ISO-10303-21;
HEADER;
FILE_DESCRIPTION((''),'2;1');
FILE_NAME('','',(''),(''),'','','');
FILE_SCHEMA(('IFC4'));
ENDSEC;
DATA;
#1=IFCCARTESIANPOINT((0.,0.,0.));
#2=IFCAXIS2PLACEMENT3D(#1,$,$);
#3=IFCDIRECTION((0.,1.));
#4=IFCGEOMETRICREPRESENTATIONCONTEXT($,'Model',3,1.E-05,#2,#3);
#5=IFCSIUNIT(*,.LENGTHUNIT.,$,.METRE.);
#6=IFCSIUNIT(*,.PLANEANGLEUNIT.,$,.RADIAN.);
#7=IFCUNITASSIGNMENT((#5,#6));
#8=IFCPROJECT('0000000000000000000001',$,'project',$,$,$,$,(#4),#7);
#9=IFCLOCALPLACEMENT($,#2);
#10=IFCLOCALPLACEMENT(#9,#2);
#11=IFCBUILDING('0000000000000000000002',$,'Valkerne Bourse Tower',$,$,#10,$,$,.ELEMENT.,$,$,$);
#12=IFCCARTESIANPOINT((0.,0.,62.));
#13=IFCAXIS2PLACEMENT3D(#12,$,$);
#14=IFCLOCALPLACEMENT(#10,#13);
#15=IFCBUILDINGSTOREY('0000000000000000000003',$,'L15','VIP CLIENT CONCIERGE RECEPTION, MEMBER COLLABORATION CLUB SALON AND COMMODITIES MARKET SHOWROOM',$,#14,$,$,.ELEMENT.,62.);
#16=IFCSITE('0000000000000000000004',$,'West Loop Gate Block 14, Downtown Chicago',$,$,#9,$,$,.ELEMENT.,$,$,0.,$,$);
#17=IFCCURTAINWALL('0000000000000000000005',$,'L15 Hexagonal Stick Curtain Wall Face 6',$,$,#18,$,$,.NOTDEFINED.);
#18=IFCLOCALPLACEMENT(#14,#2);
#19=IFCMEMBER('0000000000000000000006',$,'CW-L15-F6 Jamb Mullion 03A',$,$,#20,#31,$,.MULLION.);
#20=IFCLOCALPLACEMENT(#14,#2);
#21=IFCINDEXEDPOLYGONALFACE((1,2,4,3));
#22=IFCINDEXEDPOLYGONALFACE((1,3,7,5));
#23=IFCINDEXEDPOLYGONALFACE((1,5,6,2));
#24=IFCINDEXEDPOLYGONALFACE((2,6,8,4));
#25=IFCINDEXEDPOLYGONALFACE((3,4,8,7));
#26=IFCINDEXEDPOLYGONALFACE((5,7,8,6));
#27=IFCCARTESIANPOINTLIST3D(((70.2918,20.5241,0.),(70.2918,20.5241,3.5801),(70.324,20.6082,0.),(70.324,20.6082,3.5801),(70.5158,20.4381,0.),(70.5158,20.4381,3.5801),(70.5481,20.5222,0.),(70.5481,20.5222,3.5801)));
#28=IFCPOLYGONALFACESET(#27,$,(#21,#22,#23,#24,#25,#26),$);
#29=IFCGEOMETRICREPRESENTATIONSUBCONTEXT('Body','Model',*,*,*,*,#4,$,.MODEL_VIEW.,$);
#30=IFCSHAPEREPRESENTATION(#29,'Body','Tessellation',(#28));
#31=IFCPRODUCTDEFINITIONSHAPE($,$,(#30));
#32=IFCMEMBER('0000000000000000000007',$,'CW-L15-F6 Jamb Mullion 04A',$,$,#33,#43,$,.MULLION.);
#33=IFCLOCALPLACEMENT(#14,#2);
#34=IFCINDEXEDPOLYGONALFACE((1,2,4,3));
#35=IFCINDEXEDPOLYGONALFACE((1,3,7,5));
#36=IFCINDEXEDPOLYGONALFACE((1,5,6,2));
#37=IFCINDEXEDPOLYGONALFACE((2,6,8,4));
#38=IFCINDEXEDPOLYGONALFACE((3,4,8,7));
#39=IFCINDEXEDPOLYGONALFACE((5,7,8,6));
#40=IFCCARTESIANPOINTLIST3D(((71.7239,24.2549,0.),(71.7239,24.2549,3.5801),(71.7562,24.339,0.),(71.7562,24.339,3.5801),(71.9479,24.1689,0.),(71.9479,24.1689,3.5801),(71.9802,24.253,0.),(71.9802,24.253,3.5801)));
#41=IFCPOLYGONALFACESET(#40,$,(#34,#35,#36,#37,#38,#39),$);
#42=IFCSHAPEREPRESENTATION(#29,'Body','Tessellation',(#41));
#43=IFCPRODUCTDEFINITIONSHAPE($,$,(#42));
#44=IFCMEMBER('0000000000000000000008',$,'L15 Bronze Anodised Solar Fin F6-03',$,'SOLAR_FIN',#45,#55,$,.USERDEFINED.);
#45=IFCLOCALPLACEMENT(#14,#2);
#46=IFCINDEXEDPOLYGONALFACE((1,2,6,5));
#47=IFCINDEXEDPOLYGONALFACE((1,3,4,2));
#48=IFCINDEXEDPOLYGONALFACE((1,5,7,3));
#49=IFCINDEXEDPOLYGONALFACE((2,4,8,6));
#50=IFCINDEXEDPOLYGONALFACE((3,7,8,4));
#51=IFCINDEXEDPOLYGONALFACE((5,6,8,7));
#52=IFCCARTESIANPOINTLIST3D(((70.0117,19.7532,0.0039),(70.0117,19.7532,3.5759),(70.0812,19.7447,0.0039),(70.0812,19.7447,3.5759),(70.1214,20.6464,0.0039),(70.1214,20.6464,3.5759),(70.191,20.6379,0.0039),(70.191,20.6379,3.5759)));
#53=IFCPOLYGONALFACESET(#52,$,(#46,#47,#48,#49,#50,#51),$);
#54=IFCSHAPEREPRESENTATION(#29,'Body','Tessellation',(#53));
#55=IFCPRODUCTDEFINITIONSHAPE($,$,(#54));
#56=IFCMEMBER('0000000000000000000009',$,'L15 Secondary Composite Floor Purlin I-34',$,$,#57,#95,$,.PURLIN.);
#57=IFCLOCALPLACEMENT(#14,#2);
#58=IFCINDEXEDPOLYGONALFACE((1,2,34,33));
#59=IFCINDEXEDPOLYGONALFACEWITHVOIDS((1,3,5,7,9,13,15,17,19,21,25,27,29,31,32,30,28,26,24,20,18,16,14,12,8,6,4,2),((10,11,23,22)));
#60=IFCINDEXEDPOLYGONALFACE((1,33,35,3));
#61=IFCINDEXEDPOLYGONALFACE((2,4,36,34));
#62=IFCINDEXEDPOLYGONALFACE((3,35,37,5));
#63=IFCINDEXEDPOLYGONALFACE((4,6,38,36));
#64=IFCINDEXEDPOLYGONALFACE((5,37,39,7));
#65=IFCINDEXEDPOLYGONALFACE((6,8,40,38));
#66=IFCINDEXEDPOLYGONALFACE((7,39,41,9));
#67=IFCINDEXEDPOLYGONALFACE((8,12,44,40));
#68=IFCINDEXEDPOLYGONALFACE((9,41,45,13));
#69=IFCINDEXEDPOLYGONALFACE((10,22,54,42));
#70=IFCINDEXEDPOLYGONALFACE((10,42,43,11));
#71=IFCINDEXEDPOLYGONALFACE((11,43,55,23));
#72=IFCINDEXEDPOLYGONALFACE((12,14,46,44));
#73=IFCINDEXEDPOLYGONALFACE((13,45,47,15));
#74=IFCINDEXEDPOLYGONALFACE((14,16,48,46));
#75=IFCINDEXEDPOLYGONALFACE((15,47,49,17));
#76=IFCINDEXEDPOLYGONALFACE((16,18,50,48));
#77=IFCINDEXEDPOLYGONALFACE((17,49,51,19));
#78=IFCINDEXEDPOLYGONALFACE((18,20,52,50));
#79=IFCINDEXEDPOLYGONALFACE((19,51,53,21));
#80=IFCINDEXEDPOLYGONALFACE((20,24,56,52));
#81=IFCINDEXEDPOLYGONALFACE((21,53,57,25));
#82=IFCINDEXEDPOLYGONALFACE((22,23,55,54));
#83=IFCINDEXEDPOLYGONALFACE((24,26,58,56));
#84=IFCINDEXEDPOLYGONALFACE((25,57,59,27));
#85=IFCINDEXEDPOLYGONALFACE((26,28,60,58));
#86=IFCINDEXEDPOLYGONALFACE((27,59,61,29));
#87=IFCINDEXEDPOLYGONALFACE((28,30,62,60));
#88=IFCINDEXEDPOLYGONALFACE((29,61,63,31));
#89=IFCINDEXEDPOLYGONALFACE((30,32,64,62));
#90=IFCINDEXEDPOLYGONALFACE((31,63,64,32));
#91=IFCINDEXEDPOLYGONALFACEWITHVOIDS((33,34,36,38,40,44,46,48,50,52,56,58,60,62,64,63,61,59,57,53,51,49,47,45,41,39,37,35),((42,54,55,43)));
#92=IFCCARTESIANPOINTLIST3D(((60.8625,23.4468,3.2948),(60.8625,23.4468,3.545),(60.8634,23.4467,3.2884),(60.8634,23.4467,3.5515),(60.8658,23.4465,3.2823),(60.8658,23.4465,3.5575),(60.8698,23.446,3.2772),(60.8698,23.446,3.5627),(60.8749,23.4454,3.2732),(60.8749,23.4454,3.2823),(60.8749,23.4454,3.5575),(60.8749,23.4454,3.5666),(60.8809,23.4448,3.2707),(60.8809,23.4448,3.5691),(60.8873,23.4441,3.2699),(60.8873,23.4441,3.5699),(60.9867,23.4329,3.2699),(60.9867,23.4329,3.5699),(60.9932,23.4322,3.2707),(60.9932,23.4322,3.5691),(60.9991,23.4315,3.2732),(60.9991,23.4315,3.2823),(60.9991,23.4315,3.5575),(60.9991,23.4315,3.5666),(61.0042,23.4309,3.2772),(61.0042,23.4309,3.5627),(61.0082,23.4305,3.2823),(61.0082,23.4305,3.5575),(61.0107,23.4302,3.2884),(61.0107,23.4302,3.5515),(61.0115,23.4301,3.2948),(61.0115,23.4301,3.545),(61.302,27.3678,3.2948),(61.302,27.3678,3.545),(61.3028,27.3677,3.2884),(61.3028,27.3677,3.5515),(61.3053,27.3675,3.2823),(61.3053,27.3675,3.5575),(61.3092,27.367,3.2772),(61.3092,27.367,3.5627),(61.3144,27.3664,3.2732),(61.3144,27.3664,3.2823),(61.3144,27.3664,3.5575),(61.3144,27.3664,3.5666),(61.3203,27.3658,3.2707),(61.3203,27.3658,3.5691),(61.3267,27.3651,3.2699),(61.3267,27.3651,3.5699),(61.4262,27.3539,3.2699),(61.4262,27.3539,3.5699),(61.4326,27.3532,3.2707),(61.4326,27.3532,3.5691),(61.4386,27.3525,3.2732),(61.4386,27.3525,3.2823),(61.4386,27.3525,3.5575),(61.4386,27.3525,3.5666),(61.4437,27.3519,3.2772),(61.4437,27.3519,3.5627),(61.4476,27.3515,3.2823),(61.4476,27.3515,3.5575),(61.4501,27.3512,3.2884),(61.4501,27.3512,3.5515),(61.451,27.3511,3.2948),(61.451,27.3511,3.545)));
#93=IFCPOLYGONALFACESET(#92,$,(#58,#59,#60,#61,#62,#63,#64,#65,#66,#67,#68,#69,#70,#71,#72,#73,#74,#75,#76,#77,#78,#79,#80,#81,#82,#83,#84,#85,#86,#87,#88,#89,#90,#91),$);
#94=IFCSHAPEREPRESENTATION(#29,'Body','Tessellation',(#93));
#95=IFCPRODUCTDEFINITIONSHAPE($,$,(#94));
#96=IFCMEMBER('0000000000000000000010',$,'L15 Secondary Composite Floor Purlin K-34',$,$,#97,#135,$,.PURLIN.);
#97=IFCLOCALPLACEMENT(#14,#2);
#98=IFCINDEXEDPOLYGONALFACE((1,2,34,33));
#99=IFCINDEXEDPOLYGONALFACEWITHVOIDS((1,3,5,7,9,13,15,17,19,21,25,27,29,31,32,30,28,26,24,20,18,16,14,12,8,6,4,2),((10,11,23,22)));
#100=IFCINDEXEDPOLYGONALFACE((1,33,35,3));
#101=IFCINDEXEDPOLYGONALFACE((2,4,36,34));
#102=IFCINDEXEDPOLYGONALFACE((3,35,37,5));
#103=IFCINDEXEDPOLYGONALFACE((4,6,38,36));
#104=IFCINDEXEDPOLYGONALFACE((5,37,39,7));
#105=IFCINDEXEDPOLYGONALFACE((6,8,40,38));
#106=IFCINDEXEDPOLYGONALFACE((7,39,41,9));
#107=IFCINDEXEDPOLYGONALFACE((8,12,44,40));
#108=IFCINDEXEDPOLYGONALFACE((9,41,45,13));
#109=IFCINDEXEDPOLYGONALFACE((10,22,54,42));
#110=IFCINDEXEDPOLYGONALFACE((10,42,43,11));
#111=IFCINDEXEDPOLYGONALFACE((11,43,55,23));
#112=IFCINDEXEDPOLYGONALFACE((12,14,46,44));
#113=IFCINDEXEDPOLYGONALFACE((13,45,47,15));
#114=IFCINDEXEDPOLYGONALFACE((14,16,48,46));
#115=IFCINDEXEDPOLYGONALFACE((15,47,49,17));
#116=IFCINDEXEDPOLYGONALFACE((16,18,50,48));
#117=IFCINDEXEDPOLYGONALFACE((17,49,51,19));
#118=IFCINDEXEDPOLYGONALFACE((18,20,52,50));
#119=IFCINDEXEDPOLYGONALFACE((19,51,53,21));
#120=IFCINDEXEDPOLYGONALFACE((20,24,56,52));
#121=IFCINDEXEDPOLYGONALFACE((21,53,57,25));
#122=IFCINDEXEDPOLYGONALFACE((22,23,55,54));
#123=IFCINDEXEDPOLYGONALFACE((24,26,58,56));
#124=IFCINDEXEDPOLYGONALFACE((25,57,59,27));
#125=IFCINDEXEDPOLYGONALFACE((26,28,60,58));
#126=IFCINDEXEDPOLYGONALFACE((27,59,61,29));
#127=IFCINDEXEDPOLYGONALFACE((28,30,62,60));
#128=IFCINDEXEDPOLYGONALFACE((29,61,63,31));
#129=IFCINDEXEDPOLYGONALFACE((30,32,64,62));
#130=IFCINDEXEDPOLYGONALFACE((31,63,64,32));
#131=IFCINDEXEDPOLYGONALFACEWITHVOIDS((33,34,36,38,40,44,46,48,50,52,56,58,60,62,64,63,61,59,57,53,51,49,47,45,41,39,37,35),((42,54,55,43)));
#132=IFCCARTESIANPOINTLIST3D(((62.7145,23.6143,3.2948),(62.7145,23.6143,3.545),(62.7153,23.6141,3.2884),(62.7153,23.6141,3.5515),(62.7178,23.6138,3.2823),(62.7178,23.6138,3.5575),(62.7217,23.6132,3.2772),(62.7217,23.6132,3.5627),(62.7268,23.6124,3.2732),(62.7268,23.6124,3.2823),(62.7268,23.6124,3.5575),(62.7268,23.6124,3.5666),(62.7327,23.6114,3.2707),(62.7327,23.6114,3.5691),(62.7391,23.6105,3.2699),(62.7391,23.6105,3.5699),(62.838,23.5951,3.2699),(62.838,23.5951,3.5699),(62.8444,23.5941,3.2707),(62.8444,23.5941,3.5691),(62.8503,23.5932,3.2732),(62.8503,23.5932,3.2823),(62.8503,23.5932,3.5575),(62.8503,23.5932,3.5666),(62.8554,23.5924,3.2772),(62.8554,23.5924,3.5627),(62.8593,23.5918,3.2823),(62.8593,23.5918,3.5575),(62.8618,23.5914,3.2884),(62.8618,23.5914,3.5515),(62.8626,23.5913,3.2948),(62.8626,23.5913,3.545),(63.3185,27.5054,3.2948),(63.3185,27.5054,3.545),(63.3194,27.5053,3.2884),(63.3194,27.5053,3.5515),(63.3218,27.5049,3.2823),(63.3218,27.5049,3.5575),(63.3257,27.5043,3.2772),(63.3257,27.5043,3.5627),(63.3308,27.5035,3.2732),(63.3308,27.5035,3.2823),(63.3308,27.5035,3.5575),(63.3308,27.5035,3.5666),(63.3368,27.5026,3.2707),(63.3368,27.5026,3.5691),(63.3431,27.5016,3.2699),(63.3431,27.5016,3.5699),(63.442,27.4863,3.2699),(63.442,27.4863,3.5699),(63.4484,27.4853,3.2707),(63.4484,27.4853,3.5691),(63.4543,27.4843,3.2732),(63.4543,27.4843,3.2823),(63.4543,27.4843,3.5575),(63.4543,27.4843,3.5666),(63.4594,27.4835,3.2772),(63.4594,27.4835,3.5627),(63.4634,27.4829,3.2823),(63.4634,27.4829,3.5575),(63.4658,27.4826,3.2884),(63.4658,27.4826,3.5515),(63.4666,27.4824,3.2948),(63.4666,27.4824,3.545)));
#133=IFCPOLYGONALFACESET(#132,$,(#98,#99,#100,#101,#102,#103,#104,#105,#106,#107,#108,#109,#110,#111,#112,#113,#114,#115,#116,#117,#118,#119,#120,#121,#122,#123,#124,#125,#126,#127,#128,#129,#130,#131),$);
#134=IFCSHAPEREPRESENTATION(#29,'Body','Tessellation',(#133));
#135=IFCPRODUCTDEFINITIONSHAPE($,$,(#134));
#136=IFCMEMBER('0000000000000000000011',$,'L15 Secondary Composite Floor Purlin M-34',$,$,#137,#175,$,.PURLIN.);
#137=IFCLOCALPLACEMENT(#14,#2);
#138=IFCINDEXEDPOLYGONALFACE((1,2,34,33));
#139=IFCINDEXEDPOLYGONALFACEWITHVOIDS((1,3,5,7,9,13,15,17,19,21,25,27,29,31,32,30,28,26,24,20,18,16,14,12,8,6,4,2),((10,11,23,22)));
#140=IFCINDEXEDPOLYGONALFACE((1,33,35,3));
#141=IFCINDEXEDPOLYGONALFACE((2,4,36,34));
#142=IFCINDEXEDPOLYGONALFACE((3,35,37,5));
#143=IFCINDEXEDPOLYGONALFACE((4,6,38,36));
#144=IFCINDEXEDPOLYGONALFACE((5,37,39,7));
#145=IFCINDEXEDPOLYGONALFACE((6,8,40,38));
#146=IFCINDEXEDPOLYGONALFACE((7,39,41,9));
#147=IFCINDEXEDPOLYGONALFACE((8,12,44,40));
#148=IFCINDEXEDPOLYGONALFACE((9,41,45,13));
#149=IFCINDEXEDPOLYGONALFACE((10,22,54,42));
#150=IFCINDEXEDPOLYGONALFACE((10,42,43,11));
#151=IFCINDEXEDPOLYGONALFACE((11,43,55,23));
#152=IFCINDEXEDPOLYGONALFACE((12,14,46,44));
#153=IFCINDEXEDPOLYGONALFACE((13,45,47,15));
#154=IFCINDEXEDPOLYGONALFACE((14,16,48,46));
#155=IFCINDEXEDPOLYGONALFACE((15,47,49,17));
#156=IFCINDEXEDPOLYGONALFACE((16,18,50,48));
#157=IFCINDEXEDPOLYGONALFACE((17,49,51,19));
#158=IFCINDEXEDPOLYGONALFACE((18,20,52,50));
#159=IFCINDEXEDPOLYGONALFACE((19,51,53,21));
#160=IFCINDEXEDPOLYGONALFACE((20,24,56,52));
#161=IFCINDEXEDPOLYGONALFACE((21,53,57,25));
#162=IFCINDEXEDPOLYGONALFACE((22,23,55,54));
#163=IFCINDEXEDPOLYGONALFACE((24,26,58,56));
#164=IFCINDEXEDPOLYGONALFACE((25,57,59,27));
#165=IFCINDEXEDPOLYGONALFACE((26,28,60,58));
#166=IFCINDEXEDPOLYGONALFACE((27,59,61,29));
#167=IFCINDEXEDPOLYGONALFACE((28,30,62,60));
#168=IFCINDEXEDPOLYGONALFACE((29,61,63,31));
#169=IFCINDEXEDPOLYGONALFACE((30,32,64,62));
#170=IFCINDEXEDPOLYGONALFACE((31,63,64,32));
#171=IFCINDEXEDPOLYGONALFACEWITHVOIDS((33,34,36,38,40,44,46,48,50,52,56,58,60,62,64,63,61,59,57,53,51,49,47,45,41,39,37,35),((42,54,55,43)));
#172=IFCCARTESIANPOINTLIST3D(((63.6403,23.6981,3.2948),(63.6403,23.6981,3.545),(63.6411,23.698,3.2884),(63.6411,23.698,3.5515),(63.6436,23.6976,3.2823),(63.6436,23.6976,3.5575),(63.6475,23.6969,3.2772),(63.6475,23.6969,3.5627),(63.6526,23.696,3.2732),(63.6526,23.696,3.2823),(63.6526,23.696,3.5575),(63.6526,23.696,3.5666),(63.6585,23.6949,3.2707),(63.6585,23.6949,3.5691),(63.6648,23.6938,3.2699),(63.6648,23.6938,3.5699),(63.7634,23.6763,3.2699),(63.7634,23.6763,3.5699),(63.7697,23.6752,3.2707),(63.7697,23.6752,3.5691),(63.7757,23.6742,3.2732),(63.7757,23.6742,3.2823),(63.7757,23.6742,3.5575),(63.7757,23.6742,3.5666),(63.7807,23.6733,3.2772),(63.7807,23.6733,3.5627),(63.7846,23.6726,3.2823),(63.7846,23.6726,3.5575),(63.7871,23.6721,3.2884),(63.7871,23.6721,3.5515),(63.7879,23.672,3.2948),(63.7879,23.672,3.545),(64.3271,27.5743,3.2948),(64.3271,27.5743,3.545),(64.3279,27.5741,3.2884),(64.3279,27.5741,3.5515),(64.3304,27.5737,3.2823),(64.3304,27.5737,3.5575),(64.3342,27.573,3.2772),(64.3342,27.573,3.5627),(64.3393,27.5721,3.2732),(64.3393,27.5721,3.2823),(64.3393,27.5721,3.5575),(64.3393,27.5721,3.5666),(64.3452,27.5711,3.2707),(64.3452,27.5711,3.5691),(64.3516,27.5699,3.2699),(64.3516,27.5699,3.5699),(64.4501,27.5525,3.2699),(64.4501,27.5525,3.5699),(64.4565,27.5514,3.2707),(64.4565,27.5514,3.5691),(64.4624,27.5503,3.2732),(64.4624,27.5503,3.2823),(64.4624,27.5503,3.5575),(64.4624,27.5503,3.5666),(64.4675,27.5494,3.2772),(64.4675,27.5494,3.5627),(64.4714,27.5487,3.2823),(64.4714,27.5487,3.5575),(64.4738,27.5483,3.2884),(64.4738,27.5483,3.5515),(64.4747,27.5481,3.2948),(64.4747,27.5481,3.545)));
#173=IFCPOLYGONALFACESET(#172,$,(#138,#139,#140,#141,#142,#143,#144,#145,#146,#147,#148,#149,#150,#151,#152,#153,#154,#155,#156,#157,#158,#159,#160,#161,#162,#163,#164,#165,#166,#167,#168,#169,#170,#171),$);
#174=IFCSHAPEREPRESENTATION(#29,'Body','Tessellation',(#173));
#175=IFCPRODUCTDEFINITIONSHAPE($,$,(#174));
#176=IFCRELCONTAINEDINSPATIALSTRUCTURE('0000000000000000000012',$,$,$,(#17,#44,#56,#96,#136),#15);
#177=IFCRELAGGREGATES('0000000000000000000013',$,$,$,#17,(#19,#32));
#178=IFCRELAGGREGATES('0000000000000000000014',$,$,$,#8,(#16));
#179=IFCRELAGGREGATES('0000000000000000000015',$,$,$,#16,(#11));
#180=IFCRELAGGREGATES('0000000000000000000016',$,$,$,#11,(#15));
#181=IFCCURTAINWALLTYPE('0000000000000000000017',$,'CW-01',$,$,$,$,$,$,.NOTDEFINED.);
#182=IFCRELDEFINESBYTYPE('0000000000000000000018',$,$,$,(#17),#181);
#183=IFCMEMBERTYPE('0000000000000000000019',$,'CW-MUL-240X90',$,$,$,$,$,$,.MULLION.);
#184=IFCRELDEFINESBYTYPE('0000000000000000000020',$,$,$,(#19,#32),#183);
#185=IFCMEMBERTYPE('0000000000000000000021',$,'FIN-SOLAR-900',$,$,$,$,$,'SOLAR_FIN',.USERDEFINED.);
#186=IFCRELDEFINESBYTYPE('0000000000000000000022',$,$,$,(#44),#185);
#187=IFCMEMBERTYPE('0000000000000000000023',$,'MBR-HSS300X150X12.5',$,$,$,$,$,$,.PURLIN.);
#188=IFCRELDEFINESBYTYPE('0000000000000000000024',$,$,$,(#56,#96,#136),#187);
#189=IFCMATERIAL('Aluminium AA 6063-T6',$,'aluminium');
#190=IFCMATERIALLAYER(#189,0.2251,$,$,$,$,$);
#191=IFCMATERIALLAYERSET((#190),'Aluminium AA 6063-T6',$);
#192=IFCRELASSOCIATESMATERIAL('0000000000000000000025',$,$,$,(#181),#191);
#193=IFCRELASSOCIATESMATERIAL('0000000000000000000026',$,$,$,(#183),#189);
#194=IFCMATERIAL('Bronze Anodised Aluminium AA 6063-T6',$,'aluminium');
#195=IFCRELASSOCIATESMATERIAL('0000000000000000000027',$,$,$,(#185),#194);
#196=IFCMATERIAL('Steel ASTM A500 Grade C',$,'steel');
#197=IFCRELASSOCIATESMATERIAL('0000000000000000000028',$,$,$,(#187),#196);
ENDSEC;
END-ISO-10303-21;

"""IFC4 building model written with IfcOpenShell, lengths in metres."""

from ifc_helpers import new_model, si_unit, direction, frame, origin, origin_2d, place, context, subcontext, project, spatial, rectangle, hollow_rectangle, extrude, material, layer, layer_set, material_profile, profile_set, type_object, element, aggregate, save


model = new_model("IFC4")

# Units and contexts
model_context = context("Model", 3, precision=1e-05, world=origin(), true_north=direction((0.0, 1.0)))
body_context = subcontext(model_context, "Body", "Model", "MODEL_VIEW")
ifc_project = project(units=[si_unit("LENGTHUNIT", "METRE"), si_unit("PLANEANGLEUNIT", "RADIAN")], contexts=[model_context])

# Site, building, storey
site_placement = place(None, origin())
site = spatial("IfcSite", under=ifc_project, at=site_placement, Name="West Loop Gate Block 14, Downtown Chicago", CompositionType="ELEMENT", RefElevation=0.0)
building_placement = place(site_placement, origin())
building = spatial("IfcBuilding", under=site, at=building_placement, Name="Valkerne Bourse Tower", CompositionType="ELEMENT")
storey_placement = place(building_placement, frame((0.0, 0.0, 62.0)))
storey = spatial("IfcBuildingStorey", under=building, at=storey_placement, Name="L15", Description="VIP CLIENT CONCIERGE RECEPTION, MEMBER COLLABORATION CLUB SALON AND COMMODITIES MARKET SHOWROOM", CompositionType="ELEMENT", Elevation=62.0)

# Curtain wall, members
ifc_material_1 = material(Name="Aluminium AA 6063-T6", Category="aluminium")
ifc_layer_1 = layer(ifc_material_1, 0.2251)
ifc_layer_set_1 = layer_set([ifc_layer_1], Name="Aluminium AA 6063-T6")
curtain_wall_type = type_object("IfcCurtainWallType", Name="CW-01", PredefinedType="NOTDEFINED", material=ifc_layer_set_1)
curtain_wall_placement = place(storey_placement, origin())
curtain_wall = element("IfcCurtainWall", 1, at=curtain_wall_placement, inside=storey, type_object=curtain_wall_type, Name="L15 Hexagonal Stick Curtain Wall Face 6", PredefinedType="NOTDEFINED")
ifc_material_profile_1 = material_profile(ifc_material_1, rectangle(XDim=0.0901, YDim=0.24, at=origin_2d()), Name="CWM-90X240")
ifc_profile_set_1 = profile_set([ifc_material_profile_1], Name="Aluminium AA 6063-T6")
member_type_1 = type_object("IfcMemberType", Name="CW-MUL-240X90", PredefinedType="MULLION", material=ifc_profile_set_1)
member_1_placement = place(storey_placement, frame((70.4199, 20.5232, 0.0), z_axis=(0.0, 0.0, 1.0), x_axis=(0.35838, 0.933576, 0.0)))
member_1 = element("IfcMember", 2, at=member_1_placement, type_object=member_type_1, Name="CW-L15-F6 Jamb Mullion 03A", PredefinedType="MULLION", context=body_context, shape_type="SweptSolid", body=[
    extrude(rectangle(XDim=0.0901, YDim=0.24, at=origin_2d()), origin(), (0.0, 0.0, 1.0), 3.5801),
])
member_2_placement = place(storey_placement, frame((71.8521, 24.2539, 0.0), z_axis=(0.0, 0.0, 1.0), x_axis=(0.358359, 0.933584, 0.0)))
member_2 = element("IfcMember", 3, at=member_2_placement, type_object=member_type_1, Name="CW-L15-F6 Jamb Mullion 04A", PredefinedType="MULLION", context=body_context, shape_type="SweptSolid", body=[
    extrude(rectangle(XDim=0.0901, YDim=0.24, at=origin_2d()), origin(), (0.0, 0.0, 1.0), 3.5801),
])

# Members
ifc_material_2 = material(Name="Bronze Anodised Aluminium AA 6063-T6", Category="aluminium")
ifc_material_profile_2 = material_profile(ifc_material_2, rectangle(XDim=0.0701, YDim=0.8999, at=origin_2d()), Name="FIN-70X900")
ifc_profile_set_2 = profile_set([ifc_material_profile_2], Name="Bronze Anodised Aluminium AA 6063-T6")
member_type_2 = type_object("IfcMemberType", Name="FIN-SOLAR-900", ElementType="SOLAR_FIN", PredefinedType="USERDEFINED", material=ifc_profile_set_2)
member_3_placement = place(storey_placement, frame((70.1013, 20.1956, 0.0039), z_axis=(0.0, 0.0, 1.0), x_axis=(0.992534, -0.121966, 0.0)))
element("IfcMember", 4, at=member_3_placement, inside=storey, type_object=member_type_2, Name="L15 Bronze Anodised Solar Fin F6-03", ObjectType="SOLAR_FIN", PredefinedType="USERDEFINED", context=body_context, shape_type="SweptSolid", body=[
    extrude(rectangle(XDim=0.0701, YDim=0.8999, at=origin_2d()), origin(), (0.0, 0.0, 1.0), 3.572),
])
ifc_material_3 = material(Name="Steel ASTM A500 Grade C", Category="steel")
ifc_material_profile_3 = material_profile(ifc_material_3, hollow_rectangle(XDim=0.1499, YDim=0.3, WallThickness=0.0125, OuterFilletRadius=0.0249, at=origin_2d()), Name="HSS300X150X12.5")
ifc_profile_set_3 = profile_set([ifc_material_profile_3], Name="Steel ASTM A500 Grade C")
member_type_3 = type_object("IfcMemberType", Name="MBR-HSS300X150X12.5", PredefinedType="PURLIN", material=ifc_profile_set_3)
member_4_placement = place(storey_placement, frame((60.937, 23.4385, 3.4199), z_axis=(0.111382, 0.993778, 0.0), x_axis=(-0.993778, 0.111382, 0.0)))
element("IfcMember", 5, at=member_4_placement, inside=storey, type_object=member_type_3, Name="L15 Secondary Composite Floor Purlin I-34", PredefinedType="PURLIN", context=body_context, shape_type="SweptSolid", body=[
    extrude(hollow_rectangle(XDim=0.1499, YDim=0.3, WallThickness=0.0125, OuterFilletRadius=0.0249, at=origin_2d()), origin(), (0.0, 0.0, 1.0), 3.9456),
])
member_5_placement = place(storey_placement, frame((62.7886, 23.6028, 3.4199), z_axis=(0.15339, 0.988166, 0.0), x_axis=(-0.988166, 0.15339, 0.0)))
element("IfcMember", 6, at=member_5_placement, inside=storey, type_object=member_type_3, Name="L15 Secondary Composite Floor Purlin K-34", PredefinedType="PURLIN", context=body_context, shape_type="SweptSolid", body=[
    extrude(hollow_rectangle(XDim=0.1499, YDim=0.3, WallThickness=0.0125, OuterFilletRadius=0.0249, at=origin_2d()), origin(), (0.0, 0.0, 1.0), 3.9377),
])
member_6_placement = place(storey_placement, frame((63.7141, 23.6851, 3.4199), z_axis=(0.174458, 0.984665, 0.0), x_axis=(-0.984665, 0.174458, 0.0)))
element("IfcMember", 7, at=member_6_placement, inside=storey, type_object=member_type_3, Name="L15 Secondary Composite Floor Purlin M-34", PredefinedType="PURLIN", context=body_context, shape_type="SweptSolid", body=[
    extrude(hollow_rectangle(XDim=0.1499, YDim=0.3, WallThickness=0.0125, OuterFilletRadius=0.0249, at=origin_2d()), origin(), (0.0, 0.0, 1.0), 3.9365),
])

aggregate(curtain_wall, [member_1, member_2])

save(model, "model.ifc")
